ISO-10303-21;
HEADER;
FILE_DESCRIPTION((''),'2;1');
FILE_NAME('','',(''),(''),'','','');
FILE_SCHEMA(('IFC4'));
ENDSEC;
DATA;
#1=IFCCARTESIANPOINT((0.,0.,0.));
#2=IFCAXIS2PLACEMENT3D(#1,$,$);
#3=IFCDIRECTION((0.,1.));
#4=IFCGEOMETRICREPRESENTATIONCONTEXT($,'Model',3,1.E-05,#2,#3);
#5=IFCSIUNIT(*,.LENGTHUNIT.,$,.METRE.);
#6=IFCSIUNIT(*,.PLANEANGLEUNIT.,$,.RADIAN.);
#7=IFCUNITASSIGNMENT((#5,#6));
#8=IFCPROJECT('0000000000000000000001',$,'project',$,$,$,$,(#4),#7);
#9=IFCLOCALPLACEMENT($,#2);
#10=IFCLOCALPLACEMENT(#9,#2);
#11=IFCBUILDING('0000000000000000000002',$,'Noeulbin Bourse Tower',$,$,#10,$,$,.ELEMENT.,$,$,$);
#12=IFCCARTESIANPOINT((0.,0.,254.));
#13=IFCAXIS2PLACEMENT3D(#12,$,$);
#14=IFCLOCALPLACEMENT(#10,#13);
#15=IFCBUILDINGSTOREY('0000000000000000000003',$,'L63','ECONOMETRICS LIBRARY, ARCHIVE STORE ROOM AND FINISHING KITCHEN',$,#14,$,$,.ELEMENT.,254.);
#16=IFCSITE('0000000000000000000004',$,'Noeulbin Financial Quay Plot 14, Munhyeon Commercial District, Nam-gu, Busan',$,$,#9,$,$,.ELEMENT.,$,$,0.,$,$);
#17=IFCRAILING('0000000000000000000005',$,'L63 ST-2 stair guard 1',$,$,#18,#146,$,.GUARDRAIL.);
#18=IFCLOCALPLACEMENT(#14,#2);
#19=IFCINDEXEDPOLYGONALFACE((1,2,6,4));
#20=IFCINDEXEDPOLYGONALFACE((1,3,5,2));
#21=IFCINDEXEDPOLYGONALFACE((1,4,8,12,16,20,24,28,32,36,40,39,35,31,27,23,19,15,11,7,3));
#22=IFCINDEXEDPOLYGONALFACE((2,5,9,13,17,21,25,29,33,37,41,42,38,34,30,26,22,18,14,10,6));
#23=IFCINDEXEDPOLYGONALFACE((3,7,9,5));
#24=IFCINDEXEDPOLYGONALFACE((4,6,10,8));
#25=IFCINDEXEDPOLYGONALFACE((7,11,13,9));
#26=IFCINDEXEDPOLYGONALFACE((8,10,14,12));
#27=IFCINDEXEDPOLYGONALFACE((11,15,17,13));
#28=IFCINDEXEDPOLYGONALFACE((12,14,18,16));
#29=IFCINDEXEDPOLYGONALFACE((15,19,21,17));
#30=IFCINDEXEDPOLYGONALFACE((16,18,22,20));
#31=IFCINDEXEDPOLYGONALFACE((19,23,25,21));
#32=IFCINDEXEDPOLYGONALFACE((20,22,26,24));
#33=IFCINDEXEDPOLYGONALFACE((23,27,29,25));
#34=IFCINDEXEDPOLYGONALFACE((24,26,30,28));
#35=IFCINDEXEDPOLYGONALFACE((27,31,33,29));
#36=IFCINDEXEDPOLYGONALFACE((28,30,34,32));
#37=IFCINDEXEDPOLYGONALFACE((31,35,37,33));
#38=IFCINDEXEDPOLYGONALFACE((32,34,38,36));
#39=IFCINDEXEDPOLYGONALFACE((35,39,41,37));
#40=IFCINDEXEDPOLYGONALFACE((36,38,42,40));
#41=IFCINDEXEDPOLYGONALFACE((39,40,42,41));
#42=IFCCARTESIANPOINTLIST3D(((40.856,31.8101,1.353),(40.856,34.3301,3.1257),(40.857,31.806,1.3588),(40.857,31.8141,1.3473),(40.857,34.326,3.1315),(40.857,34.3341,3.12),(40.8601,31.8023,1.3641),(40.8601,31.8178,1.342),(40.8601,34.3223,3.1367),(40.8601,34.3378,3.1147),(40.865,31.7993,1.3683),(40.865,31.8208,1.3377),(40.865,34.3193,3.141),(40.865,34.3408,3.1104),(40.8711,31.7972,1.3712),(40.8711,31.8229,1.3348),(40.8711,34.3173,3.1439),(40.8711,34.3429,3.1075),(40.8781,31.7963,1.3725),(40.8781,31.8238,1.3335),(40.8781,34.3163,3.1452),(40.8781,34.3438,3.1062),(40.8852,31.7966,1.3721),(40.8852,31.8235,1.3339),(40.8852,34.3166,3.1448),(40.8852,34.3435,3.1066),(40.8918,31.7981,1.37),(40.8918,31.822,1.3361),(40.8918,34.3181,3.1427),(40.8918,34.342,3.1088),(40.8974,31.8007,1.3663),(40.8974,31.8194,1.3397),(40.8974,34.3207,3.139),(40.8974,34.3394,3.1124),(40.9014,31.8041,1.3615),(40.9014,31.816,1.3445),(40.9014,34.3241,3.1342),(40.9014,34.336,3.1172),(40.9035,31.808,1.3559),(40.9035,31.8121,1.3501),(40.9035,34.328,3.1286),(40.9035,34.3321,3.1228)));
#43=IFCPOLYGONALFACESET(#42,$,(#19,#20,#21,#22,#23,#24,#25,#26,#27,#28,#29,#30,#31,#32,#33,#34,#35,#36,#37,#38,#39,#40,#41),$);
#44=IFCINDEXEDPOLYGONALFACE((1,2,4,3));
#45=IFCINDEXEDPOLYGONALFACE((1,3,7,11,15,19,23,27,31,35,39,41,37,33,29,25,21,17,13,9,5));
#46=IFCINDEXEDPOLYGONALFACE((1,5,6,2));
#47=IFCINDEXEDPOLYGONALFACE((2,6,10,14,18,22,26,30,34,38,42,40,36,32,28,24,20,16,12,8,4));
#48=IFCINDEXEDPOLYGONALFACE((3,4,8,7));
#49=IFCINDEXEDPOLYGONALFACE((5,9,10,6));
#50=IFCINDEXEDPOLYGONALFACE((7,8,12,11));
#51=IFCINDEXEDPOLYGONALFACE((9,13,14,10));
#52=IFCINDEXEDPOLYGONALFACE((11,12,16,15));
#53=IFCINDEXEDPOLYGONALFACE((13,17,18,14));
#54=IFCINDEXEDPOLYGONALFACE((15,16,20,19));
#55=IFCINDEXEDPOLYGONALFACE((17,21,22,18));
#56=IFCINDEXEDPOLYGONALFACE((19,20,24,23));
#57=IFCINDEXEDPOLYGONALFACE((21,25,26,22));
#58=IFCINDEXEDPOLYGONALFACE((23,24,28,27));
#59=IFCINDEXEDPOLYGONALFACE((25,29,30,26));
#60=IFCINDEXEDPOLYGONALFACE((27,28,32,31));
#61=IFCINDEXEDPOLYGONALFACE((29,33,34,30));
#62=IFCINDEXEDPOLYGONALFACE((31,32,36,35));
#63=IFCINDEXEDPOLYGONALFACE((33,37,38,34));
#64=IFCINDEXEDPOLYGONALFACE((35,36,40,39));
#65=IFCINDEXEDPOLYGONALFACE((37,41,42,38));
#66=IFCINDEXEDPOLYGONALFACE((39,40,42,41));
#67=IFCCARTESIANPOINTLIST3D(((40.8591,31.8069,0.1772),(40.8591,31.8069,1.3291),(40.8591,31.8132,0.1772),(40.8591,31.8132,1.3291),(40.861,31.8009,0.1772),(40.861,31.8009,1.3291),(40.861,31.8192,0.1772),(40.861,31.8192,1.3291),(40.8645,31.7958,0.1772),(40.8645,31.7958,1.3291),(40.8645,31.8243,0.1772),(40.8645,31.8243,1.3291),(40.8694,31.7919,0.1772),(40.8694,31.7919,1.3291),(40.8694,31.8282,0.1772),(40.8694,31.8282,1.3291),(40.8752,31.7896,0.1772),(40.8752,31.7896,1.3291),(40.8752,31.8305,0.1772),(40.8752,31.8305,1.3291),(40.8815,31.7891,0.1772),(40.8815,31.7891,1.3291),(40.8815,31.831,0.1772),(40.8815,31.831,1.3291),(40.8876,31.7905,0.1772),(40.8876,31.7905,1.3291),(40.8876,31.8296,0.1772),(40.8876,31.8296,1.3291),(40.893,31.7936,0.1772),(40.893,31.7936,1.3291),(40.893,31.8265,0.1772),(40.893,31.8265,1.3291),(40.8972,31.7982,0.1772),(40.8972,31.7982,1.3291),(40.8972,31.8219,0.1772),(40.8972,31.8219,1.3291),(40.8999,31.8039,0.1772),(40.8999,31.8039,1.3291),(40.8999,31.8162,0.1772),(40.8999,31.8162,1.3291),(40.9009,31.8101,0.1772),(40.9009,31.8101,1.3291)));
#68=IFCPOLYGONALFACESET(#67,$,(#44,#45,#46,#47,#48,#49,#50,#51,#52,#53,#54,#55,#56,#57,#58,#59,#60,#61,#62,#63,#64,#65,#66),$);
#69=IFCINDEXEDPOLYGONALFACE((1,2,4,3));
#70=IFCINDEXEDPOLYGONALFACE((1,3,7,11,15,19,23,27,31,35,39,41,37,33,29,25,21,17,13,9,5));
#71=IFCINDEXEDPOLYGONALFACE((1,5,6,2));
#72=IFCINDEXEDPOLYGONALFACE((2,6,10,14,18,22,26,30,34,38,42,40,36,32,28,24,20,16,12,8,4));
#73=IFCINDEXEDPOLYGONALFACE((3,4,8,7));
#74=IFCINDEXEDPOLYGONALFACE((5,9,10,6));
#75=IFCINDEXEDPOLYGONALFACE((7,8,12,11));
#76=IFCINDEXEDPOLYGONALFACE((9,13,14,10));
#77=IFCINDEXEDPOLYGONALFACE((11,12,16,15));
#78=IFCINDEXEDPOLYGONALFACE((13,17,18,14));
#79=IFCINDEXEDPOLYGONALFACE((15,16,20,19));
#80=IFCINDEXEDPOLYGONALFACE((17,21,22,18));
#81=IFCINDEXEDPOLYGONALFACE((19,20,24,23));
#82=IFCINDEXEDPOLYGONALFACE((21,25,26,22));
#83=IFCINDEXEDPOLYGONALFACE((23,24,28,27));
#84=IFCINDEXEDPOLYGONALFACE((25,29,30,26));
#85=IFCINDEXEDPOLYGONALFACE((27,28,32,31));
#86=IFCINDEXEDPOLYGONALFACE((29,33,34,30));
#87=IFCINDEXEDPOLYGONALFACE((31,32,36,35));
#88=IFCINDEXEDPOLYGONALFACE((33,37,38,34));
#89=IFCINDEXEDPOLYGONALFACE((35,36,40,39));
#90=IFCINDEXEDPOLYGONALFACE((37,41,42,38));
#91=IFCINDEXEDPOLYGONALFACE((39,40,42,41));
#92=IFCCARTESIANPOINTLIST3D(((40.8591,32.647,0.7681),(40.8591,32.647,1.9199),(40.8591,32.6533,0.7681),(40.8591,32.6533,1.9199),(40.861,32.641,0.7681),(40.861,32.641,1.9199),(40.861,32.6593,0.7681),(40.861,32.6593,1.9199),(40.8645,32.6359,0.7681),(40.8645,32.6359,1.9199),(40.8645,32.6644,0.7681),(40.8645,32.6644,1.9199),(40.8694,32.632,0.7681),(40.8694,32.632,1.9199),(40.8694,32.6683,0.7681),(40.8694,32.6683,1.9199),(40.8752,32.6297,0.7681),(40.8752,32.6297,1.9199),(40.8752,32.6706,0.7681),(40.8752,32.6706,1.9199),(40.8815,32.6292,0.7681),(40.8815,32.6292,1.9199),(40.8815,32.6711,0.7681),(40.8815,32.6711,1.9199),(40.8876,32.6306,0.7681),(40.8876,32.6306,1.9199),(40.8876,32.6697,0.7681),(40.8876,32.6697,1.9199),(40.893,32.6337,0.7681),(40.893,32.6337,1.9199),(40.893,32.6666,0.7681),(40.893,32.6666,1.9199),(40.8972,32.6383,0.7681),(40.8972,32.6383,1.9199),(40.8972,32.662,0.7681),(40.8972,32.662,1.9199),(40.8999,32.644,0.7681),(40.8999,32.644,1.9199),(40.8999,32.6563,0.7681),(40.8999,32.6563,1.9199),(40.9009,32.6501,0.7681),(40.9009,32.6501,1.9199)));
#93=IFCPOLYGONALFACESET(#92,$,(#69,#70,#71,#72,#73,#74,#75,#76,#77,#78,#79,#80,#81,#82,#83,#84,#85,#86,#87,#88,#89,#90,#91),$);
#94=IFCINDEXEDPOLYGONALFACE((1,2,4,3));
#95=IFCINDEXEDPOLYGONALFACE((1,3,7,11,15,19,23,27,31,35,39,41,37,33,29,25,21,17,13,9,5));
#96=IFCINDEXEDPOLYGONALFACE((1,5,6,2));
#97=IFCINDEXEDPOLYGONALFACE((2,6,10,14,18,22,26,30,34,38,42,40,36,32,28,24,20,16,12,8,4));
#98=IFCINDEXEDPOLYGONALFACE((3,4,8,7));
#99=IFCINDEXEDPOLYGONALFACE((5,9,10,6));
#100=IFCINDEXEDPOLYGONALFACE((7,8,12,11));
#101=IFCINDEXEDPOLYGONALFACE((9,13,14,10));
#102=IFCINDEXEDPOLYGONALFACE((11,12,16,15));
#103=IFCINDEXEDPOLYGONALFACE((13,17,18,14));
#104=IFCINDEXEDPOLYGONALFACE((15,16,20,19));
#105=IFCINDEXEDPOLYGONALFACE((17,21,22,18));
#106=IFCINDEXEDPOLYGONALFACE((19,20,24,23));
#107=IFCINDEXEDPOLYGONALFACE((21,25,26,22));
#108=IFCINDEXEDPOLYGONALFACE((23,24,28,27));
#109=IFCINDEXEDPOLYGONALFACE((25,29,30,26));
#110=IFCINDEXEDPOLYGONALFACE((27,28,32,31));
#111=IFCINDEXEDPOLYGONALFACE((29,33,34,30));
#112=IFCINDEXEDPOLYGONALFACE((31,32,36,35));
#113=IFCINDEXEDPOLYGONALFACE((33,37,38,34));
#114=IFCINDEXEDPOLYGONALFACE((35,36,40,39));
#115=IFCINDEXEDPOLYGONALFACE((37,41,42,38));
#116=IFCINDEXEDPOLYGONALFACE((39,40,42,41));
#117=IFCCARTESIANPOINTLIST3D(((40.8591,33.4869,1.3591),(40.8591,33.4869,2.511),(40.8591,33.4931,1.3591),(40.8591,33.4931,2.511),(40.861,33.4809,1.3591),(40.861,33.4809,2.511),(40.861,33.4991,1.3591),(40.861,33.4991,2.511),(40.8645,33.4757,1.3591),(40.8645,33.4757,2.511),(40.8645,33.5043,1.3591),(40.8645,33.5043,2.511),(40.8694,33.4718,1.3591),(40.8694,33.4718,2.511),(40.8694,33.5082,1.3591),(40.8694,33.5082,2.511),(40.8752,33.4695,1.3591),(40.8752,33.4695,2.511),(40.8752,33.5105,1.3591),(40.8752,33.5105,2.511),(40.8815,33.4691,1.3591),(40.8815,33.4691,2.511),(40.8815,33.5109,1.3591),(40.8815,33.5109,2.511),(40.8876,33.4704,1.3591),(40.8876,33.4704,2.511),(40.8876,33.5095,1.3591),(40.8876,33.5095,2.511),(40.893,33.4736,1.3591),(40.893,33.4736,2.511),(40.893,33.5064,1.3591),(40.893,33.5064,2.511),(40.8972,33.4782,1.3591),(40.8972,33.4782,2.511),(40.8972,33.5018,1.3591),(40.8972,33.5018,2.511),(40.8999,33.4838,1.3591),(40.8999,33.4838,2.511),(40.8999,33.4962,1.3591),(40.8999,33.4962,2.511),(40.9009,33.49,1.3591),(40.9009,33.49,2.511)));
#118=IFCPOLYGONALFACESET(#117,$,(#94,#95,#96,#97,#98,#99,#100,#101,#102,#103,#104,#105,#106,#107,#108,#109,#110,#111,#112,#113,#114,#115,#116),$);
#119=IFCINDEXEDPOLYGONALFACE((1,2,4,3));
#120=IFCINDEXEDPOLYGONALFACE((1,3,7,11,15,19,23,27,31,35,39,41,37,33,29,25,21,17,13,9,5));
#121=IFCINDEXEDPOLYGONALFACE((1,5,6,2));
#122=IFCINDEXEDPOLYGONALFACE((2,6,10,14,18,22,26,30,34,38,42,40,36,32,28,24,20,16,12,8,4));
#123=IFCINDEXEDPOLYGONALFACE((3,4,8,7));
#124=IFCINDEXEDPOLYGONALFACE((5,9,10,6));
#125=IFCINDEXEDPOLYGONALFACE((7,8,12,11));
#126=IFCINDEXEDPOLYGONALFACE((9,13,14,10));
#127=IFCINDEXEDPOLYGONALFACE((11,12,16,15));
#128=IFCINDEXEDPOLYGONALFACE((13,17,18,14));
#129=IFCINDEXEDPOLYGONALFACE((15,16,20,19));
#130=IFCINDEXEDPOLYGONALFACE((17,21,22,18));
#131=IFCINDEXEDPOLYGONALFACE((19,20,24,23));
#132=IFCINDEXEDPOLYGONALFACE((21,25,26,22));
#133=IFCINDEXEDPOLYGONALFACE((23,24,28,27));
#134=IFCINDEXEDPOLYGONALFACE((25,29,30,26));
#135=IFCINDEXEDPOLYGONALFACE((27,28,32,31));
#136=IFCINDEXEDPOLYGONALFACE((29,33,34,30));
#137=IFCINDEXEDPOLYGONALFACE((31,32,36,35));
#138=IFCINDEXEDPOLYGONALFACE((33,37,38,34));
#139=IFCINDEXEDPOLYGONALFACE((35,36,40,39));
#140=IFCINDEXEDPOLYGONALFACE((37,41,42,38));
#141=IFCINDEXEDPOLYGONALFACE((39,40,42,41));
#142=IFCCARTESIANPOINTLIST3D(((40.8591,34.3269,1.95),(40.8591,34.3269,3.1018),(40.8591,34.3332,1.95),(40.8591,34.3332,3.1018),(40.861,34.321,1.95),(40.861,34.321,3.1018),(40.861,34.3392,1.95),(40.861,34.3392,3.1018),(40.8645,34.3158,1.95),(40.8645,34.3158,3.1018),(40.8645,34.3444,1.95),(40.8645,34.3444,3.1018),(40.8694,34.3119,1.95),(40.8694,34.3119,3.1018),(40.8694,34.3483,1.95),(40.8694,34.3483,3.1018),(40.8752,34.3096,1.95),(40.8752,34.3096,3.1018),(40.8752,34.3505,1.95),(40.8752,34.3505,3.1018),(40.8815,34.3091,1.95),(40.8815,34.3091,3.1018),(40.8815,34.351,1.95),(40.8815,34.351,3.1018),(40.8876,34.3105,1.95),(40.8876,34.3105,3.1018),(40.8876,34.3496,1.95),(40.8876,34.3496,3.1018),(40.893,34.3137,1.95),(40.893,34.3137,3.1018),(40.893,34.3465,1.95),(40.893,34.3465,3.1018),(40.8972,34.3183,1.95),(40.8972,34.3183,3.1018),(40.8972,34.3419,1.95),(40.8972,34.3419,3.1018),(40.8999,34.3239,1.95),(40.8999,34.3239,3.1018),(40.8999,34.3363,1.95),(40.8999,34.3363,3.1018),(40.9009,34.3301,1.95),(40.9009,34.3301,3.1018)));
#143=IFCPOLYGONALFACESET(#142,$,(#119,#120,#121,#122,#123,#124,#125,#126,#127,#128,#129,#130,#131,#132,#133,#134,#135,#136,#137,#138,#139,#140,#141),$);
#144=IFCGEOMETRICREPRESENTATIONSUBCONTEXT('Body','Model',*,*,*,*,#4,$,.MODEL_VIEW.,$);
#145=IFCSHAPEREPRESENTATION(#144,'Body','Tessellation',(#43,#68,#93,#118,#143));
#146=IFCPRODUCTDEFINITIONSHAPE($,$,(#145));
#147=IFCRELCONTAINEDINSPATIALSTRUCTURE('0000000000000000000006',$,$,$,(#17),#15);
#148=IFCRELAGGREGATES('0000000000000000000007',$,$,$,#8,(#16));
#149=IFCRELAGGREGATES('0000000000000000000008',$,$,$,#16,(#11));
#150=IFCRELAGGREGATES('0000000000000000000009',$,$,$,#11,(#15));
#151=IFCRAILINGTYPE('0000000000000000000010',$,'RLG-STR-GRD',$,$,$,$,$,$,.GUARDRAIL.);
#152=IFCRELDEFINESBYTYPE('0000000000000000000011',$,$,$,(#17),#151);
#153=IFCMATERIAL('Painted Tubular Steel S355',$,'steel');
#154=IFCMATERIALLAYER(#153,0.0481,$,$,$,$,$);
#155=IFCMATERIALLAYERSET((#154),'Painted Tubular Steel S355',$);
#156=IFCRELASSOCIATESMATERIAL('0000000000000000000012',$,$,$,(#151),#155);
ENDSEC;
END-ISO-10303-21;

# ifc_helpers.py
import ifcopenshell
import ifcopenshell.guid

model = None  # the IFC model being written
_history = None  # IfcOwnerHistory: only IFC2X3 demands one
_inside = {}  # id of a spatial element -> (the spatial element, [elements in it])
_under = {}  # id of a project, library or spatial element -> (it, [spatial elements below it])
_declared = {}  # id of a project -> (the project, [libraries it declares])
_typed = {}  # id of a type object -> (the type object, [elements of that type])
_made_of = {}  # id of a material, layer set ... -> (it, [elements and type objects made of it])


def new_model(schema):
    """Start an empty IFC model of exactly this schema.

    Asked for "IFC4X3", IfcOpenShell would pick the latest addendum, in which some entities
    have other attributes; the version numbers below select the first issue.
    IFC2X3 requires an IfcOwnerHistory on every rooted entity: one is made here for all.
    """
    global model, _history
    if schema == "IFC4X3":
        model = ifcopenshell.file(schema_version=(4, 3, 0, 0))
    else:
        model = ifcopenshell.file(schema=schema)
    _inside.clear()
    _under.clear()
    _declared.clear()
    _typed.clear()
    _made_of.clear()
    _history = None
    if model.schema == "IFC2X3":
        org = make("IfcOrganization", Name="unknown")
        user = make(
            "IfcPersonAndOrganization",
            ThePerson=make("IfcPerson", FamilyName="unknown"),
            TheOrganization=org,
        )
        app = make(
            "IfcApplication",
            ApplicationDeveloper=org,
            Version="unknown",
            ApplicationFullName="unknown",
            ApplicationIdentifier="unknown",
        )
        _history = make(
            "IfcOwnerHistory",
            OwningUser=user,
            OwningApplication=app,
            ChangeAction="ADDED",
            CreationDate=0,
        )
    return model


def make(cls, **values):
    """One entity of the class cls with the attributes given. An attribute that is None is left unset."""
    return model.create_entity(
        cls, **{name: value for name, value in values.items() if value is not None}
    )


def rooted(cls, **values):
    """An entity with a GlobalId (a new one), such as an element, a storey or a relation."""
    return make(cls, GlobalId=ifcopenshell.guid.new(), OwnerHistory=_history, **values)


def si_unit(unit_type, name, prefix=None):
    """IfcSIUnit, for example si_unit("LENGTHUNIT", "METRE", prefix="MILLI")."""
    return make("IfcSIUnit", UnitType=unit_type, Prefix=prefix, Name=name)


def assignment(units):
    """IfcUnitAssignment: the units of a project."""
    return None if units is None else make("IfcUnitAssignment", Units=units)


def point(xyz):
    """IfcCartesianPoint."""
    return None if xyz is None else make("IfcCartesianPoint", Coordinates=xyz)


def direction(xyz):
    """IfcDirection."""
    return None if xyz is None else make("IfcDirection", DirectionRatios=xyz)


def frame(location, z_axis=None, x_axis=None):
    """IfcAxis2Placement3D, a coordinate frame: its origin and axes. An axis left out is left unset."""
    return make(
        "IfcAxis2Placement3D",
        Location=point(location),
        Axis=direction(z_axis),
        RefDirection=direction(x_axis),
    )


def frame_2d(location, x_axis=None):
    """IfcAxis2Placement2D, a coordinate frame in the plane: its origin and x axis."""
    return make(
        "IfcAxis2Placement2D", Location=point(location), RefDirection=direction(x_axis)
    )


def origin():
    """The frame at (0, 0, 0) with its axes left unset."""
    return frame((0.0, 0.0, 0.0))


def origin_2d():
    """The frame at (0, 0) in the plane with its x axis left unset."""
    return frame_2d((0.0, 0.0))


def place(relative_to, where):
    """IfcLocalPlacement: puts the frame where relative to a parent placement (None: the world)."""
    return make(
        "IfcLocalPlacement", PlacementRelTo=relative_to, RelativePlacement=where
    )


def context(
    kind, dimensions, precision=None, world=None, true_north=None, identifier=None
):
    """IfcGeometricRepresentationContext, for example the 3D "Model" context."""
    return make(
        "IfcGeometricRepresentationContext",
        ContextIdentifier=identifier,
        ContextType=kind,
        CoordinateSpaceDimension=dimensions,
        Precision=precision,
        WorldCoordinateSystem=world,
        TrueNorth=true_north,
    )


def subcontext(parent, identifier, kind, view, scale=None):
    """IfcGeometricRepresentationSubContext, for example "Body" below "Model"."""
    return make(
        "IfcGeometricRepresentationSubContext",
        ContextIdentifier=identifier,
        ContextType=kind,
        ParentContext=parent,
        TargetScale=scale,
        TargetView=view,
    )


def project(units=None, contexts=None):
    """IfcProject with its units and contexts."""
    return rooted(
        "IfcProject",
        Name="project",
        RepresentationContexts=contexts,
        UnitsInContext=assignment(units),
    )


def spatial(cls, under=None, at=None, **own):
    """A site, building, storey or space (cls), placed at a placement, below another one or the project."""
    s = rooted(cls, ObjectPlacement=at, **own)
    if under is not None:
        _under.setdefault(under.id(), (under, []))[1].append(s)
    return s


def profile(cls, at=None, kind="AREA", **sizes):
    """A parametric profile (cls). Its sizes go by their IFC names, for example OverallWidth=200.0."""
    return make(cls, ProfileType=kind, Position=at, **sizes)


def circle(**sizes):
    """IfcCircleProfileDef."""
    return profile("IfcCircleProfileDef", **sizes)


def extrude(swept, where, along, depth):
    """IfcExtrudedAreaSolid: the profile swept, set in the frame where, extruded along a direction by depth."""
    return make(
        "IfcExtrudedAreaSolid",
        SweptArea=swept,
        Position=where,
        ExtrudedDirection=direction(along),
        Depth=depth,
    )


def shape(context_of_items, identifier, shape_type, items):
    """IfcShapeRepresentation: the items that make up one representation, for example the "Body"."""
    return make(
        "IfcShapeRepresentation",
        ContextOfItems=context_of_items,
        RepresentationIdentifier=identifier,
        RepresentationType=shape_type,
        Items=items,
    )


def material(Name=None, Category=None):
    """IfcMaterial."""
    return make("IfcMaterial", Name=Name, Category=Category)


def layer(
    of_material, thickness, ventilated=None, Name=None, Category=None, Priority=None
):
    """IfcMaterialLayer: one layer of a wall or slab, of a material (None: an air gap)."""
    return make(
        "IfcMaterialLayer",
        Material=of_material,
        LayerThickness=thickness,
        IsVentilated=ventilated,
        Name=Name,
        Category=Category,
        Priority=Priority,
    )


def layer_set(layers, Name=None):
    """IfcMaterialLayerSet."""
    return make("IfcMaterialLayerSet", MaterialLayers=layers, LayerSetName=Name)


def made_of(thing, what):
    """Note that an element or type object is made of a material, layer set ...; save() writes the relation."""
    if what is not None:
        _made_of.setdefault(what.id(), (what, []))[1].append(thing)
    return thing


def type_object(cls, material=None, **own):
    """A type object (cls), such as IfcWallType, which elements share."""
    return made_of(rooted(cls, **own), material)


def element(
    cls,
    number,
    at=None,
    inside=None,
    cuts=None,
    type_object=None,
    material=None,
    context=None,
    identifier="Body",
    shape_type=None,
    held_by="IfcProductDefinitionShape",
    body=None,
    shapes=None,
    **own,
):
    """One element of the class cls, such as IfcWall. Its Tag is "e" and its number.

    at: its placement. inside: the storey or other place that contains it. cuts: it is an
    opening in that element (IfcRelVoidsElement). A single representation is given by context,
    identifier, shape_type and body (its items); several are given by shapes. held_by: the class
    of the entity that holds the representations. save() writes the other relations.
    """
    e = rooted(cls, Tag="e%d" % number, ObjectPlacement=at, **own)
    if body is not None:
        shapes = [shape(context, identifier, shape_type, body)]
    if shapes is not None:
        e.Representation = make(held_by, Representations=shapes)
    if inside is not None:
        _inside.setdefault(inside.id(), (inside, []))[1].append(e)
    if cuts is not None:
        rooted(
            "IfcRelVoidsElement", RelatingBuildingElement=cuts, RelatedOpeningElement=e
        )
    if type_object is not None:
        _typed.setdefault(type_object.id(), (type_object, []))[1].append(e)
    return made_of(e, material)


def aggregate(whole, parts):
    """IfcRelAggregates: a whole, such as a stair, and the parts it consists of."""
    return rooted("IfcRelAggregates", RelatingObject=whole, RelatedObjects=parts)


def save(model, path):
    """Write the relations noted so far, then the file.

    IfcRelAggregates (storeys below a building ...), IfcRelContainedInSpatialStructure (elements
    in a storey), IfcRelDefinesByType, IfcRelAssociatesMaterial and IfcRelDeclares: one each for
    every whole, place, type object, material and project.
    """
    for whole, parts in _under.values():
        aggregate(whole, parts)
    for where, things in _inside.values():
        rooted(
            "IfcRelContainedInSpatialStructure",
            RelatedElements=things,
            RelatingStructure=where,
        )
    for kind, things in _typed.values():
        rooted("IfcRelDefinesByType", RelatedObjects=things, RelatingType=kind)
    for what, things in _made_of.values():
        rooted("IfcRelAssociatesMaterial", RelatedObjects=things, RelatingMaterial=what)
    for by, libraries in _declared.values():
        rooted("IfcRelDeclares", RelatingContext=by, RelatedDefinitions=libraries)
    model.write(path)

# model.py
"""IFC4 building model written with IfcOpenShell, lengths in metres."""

from ifc_helpers import new_model, si_unit, direction, frame, origin, origin_2d, place, context, subcontext, project, spatial, circle, extrude, material, layer, layer_set, type_object, element, save


model = new_model("IFC4")

# Units and contexts
model_context = context("Model", 3, precision=1e-05, world=origin(), true_north=direction((0.0, 1.0)))
body_context = subcontext(model_context, "Body", "Model", "MODEL_VIEW")
ifc_project = project(units=[si_unit("LENGTHUNIT", "METRE"), si_unit("PLANEANGLEUNIT", "RADIAN")], contexts=[model_context])

# Site, building, storey
site_placement = place(None, origin())
site = spatial("IfcSite", under=ifc_project, at=site_placement, Name="Noeulbin Financial Quay Plot 14, Munhyeon Commercial District, Nam-gu, Busan", CompositionType="ELEMENT", RefElevation=0.0)
building_placement = place(site_placement, origin())
building = spatial("IfcBuilding", under=site, at=building_placement, Name="Noeulbin Bourse Tower", CompositionType="ELEMENT")
storey_placement = place(building_placement, frame((0.0, 0.0, 254.0)))
storey = spatial("IfcBuildingStorey", under=building, at=storey_placement, Name="L63", Description="ECONOMETRICS LIBRARY, ARCHIVE STORE ROOM AND FINISHING KITCHEN", CompositionType="ELEMENT", Elevation=254.0)

# Railing
ifc_material_1 = material(Name="Painted Tubular Steel S355", Category="steel")
ifc_layer_1 = layer(ifc_material_1, 0.0481)
ifc_layer_set_1 = layer_set([ifc_layer_1], Name="Painted Tubular Steel S355")
railing_type_1 = type_object("IfcRailingType", Name="RLG-STR-GRD", PredefinedType="GUARDRAIL", material=ifc_layer_set_1)
railing_1_placement = place(storey_placement, frame((40.8799, 31.8101, 0.1772)))
element("IfcRailing", 1, at=railing_1_placement, inside=storey, type_object=railing_type_1, Name="L63 ST-2 stair guard 1", PredefinedType="GUARDRAIL", context=body_context, shape_type="SweptSolid", body=[
    extrude(circle(Radius=0.0239, at=origin_2d()), frame((0.0, 0.0, 1.1758), z_axis=(0.0, 0.817904, 0.575354), x_axis=(-1.0, 0.0, 0.0)), (0.0, 0.0, 1.0), 3.0811),
    extrude(circle(Radius=0.021, at=origin_2d()), origin(), (0.0, 0.0, 1.0), 1.1519),
    extrude(circle(Radius=0.021, at=origin_2d()), frame((0.0, 0.8401, 0.5908)), (0.0, 0.0, 1.0), 1.1519),
    extrude(circle(Radius=0.021, at=origin_2d()), frame((0.0, 1.6799, 1.1819)), (0.0, 0.0, 1.0), 1.1519),
    extrude(circle(Radius=0.021, at=origin_2d()), frame((0.0, 2.52, 1.7727)), (0.0, 0.0, 1.0), 1.1519),
])

save(model, "model.ifc")
